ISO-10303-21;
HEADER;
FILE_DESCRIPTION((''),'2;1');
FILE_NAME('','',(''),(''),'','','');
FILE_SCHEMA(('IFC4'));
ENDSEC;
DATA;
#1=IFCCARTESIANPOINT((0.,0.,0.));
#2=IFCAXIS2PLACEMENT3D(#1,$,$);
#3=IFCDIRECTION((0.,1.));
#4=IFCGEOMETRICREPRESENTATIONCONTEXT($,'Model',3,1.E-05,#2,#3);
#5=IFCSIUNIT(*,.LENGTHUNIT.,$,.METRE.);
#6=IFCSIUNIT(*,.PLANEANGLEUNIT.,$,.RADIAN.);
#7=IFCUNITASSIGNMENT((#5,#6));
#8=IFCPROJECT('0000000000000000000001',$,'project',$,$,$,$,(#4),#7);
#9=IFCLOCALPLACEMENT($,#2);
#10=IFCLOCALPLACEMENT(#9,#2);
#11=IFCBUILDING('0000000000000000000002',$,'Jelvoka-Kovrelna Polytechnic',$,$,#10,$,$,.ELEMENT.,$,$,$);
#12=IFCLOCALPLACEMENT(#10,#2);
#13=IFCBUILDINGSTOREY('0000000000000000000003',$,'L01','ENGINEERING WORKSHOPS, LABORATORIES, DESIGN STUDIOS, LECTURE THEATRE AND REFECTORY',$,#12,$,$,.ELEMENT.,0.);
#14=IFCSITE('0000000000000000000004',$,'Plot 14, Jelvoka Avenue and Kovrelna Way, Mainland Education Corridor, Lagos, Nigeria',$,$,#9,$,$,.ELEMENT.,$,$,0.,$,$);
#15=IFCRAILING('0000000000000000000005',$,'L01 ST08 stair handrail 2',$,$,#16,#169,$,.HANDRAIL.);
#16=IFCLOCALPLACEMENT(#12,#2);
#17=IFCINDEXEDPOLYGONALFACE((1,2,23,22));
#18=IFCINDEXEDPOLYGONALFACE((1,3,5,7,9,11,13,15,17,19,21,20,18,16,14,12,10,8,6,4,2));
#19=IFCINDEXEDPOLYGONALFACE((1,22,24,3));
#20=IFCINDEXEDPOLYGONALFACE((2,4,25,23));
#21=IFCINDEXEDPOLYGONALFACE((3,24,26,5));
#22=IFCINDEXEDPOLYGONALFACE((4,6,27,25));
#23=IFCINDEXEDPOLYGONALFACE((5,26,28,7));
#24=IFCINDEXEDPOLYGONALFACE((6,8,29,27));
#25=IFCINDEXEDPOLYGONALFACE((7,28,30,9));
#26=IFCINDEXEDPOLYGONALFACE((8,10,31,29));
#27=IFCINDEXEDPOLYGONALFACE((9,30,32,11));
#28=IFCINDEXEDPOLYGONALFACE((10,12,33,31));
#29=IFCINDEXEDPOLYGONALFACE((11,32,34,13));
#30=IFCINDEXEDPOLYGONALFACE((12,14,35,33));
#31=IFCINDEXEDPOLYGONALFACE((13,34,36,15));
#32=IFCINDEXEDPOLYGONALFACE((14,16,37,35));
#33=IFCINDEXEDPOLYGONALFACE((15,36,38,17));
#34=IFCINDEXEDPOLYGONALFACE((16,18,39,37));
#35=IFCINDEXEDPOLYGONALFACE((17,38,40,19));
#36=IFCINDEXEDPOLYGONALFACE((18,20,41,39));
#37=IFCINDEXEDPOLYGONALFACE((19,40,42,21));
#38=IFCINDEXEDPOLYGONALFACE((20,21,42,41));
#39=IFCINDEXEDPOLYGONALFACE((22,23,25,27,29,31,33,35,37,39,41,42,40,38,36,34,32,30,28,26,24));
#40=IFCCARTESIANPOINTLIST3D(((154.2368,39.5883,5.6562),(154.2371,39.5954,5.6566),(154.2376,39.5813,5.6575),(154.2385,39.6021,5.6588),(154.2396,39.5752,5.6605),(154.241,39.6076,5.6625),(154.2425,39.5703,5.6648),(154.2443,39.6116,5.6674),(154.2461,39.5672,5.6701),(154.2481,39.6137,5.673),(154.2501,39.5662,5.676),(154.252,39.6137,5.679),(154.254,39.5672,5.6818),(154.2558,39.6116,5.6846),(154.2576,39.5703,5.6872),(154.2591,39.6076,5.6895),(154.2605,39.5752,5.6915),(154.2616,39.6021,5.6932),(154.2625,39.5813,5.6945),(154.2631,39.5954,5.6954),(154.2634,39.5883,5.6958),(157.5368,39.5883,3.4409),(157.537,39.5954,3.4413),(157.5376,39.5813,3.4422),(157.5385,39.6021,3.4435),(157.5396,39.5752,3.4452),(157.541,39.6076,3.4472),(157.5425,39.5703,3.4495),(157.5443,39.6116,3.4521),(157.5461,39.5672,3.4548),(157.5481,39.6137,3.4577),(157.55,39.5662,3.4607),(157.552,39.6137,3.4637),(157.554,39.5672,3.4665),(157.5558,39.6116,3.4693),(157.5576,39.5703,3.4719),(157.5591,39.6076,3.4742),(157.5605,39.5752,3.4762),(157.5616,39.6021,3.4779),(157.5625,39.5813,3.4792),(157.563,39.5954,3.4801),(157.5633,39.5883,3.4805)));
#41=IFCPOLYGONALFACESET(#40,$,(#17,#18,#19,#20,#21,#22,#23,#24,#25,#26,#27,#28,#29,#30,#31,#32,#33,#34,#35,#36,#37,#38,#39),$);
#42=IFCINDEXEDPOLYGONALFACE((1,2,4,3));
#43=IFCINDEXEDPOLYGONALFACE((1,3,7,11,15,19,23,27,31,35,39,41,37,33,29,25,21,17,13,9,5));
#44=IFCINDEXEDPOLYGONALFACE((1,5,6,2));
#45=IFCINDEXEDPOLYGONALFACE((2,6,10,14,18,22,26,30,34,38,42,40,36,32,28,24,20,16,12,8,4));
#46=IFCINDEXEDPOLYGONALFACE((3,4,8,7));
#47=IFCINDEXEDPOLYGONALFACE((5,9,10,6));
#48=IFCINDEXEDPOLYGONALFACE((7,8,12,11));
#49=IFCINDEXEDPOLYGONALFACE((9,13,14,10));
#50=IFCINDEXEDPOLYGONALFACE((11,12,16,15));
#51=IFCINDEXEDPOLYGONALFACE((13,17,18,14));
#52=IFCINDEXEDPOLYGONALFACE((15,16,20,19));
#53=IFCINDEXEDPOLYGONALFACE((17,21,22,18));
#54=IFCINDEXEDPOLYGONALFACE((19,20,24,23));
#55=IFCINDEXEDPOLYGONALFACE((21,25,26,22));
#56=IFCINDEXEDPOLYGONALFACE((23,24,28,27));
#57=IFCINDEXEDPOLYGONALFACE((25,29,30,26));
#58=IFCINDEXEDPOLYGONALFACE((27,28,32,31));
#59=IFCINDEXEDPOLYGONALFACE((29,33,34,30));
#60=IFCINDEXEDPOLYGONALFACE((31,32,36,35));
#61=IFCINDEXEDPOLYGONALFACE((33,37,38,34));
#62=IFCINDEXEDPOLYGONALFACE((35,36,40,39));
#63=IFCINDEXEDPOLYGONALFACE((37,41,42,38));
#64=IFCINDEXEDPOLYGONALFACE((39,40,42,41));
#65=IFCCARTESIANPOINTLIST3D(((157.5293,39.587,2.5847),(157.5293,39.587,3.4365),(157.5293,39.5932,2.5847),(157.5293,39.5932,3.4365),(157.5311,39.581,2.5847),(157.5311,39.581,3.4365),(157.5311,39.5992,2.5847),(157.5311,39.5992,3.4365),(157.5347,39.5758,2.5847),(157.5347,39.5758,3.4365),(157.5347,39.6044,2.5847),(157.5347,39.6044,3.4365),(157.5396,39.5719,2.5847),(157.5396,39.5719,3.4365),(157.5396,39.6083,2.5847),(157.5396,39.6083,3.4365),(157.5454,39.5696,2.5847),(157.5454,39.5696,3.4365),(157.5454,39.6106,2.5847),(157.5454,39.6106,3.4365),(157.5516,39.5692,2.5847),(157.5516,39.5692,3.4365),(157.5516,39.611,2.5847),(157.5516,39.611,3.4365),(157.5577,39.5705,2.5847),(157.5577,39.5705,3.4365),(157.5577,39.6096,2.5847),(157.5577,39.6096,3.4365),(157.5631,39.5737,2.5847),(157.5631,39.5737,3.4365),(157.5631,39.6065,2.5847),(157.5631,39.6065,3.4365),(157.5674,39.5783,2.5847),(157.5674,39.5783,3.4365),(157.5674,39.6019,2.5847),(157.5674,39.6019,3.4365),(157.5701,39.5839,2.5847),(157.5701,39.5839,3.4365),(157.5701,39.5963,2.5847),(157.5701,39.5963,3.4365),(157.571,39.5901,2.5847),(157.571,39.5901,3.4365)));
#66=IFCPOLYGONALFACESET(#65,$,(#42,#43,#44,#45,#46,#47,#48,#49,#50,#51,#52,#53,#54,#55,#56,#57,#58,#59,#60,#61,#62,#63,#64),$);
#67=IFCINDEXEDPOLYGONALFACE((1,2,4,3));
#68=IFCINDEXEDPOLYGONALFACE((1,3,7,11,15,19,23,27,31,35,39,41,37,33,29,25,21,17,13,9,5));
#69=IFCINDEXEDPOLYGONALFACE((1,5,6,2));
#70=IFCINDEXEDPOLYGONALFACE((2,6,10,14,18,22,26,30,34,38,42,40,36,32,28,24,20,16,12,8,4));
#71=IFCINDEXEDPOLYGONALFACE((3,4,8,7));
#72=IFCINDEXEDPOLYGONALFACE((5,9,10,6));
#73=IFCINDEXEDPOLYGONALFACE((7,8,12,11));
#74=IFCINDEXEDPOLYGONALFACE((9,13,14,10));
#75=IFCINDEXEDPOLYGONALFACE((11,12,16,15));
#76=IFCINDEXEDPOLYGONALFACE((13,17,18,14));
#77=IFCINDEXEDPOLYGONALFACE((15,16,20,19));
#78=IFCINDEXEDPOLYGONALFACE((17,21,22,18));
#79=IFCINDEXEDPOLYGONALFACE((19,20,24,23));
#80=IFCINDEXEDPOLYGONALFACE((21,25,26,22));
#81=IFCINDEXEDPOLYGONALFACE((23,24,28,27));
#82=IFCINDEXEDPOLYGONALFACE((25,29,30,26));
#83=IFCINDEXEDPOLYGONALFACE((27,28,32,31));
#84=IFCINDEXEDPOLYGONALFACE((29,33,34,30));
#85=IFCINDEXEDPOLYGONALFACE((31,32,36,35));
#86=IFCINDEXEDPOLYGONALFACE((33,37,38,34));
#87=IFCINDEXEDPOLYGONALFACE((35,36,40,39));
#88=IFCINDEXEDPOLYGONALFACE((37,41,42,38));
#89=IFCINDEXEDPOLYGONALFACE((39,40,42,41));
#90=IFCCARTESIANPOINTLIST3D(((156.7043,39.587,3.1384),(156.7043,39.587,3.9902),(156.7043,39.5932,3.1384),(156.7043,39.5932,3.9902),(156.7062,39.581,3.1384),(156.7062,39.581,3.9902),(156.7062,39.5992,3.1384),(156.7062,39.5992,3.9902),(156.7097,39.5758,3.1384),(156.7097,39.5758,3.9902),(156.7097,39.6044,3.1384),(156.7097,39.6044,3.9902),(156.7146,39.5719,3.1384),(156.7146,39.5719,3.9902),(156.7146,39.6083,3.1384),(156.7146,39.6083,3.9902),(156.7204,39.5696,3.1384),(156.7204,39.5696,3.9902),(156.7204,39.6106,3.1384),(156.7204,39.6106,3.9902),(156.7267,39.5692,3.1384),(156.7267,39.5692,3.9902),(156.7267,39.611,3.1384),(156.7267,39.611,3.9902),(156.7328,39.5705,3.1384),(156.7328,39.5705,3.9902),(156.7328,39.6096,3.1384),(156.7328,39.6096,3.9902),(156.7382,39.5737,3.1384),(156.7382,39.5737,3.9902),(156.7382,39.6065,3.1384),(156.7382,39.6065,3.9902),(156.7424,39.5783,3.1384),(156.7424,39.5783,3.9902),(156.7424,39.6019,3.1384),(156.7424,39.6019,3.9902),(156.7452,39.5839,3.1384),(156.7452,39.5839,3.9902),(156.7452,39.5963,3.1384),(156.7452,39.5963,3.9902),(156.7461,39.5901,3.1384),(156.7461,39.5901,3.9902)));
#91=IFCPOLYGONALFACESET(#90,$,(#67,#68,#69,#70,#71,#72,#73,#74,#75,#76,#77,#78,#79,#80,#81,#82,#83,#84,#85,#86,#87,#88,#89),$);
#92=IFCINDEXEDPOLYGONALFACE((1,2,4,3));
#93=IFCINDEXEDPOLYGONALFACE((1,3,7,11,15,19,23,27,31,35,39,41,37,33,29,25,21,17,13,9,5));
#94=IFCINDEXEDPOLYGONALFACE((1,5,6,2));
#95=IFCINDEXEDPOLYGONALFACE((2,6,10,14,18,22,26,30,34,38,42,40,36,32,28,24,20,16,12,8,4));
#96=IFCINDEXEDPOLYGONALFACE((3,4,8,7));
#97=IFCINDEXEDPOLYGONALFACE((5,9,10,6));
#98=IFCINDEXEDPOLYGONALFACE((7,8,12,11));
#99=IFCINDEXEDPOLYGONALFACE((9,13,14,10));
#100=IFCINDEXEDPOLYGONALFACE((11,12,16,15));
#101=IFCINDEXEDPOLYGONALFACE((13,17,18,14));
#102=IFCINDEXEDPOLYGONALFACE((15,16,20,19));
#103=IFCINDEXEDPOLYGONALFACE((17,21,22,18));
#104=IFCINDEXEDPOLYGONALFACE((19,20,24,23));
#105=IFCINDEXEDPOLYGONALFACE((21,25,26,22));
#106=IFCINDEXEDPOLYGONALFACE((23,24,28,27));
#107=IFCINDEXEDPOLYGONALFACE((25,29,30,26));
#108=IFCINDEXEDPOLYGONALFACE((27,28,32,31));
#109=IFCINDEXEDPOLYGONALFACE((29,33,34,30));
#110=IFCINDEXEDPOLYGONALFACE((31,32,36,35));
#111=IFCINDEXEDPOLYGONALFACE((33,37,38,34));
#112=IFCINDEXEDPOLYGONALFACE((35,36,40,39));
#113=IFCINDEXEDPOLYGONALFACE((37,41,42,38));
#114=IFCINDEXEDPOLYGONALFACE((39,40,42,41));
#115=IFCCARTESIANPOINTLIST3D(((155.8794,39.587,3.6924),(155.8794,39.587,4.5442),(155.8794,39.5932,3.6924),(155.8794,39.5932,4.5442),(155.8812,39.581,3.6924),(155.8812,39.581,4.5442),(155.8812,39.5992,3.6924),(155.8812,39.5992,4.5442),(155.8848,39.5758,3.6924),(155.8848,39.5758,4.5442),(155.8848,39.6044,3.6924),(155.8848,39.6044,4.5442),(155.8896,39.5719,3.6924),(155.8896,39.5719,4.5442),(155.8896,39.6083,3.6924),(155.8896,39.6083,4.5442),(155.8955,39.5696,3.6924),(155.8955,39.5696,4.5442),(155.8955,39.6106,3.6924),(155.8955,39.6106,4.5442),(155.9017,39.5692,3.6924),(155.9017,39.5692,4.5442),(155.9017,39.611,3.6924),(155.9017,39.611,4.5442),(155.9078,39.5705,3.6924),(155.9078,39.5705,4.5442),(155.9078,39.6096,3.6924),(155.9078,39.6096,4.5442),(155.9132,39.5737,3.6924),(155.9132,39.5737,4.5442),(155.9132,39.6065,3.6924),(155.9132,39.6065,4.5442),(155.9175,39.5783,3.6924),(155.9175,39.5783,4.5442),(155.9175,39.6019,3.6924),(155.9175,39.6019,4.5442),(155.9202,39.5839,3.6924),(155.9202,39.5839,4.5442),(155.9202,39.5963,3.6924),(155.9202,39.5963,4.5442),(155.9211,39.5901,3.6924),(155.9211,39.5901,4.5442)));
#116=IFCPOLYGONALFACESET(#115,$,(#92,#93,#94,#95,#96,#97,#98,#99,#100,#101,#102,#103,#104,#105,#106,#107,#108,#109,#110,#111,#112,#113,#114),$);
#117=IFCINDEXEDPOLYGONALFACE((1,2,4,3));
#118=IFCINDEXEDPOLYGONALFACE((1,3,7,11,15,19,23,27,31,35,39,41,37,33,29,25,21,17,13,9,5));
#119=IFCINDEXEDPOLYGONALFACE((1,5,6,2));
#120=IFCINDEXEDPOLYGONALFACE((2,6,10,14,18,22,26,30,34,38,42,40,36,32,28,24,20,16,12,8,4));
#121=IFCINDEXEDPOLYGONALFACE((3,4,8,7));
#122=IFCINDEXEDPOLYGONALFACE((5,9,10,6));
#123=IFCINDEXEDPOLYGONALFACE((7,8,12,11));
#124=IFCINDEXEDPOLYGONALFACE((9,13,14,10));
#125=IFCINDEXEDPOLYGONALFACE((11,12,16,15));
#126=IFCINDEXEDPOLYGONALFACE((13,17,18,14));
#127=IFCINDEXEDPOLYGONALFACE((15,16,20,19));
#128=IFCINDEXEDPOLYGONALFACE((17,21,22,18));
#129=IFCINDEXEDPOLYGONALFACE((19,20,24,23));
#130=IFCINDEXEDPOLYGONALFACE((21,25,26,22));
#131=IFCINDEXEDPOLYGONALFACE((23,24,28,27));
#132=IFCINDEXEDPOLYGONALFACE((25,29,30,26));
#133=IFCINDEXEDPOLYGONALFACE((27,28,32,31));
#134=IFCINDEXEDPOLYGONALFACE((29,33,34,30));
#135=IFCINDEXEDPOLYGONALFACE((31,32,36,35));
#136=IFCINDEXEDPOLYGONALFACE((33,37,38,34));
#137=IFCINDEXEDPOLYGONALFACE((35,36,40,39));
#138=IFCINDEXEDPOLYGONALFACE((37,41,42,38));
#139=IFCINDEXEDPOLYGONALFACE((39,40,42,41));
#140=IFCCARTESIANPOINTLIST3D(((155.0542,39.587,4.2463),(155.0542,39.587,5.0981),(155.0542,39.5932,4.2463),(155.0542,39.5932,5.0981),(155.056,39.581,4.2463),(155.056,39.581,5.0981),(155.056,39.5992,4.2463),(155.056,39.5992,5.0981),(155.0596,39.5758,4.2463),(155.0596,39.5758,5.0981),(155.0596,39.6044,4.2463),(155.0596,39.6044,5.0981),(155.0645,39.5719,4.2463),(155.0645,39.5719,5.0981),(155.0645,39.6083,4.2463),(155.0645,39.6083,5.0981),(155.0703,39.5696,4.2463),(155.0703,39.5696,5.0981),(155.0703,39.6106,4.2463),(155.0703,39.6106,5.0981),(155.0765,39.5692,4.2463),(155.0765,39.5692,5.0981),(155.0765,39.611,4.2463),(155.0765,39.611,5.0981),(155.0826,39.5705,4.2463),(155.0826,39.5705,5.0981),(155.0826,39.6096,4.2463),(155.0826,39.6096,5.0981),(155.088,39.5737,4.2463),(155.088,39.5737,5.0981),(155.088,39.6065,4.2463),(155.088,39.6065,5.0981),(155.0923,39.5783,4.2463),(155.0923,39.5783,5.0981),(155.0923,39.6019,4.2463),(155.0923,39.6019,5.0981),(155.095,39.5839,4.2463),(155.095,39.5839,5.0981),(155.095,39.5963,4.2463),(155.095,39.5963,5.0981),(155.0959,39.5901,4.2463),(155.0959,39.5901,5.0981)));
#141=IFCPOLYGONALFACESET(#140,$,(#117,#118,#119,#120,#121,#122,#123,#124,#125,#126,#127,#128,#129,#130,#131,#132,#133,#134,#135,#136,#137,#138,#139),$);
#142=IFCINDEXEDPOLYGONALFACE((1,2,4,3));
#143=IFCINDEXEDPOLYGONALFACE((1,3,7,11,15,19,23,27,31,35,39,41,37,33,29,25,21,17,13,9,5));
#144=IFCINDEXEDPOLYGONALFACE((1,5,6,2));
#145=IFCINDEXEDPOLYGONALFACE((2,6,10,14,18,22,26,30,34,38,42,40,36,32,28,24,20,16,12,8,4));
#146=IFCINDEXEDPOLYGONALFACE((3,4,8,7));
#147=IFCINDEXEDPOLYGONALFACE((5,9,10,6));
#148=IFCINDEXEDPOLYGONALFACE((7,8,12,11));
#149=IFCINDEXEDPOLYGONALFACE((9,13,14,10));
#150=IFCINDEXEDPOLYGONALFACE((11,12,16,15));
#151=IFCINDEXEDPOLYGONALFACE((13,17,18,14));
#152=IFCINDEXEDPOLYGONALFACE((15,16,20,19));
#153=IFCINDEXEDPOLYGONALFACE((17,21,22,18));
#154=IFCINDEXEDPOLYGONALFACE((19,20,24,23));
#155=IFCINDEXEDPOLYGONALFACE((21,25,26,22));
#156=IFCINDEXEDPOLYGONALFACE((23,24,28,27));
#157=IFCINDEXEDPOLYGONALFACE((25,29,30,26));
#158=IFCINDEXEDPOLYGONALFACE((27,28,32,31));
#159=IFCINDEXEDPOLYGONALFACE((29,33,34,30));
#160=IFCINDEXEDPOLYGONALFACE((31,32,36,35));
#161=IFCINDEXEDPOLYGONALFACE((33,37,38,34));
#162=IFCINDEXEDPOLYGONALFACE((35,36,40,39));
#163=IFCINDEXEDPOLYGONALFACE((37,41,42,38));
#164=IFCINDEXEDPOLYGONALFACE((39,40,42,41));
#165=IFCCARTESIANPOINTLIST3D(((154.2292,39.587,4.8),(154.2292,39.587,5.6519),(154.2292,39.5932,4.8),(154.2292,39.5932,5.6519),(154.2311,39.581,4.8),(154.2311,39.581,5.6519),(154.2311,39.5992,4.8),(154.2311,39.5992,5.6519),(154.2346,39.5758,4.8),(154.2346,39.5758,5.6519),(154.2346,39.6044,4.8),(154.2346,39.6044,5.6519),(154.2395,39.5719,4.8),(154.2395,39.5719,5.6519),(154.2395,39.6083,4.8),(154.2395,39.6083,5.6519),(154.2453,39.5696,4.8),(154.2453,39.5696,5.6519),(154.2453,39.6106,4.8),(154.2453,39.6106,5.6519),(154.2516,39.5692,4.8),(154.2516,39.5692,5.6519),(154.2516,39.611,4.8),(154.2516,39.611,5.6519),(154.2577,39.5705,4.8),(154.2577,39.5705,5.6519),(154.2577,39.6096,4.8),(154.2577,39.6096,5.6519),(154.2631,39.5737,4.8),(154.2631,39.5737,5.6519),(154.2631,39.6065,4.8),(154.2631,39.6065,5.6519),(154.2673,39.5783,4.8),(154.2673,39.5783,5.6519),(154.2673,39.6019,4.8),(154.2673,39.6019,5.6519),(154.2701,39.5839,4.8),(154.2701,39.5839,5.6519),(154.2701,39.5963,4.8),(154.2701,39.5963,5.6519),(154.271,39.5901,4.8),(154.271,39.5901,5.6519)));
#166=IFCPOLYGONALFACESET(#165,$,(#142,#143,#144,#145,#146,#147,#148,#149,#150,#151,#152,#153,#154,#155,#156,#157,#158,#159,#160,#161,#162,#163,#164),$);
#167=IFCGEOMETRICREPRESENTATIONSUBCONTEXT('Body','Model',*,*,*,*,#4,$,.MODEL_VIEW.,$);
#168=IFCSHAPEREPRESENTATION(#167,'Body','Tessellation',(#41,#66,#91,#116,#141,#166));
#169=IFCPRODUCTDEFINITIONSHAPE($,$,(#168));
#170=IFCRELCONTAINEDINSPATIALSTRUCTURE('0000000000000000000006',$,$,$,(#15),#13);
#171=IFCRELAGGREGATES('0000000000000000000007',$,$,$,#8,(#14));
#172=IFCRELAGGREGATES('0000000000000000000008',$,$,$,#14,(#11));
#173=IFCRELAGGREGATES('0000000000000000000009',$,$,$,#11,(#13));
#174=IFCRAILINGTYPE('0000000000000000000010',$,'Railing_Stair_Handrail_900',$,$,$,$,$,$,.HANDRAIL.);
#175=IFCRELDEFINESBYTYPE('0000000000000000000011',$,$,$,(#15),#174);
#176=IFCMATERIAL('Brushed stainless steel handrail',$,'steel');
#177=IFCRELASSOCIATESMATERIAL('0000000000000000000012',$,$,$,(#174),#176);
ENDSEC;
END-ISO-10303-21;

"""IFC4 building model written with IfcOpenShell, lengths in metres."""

from ifc_helpers import new_model, si_unit, direction, frame, origin, origin_2d, place, context, subcontext, project, spatial, circle, extrude, material, type_object, element, save


model = new_model("IFC4")

# Units and contexts
model_context = context("Model", 3, precision=1e-05, world=origin(), true_north=direction((0.0, 1.0)))
body_context = subcontext(model_context, "Body", "Model", "MODEL_VIEW")
ifc_project = project(units=[si_unit("LENGTHUNIT", "METRE"), si_unit("PLANEANGLEUNIT", "RADIAN")], contexts=[model_context])

# Site, building, storey
site_placement = place(None, origin())
site = spatial("IfcSite", under=ifc_project, at=site_placement, Name="Plot 14, Jelvoka Avenue and Kovrelna Way, Mainland Education Corridor, Lagos, Nigeria", CompositionType="ELEMENT", RefElevation=0.0)
building_placement = place(site_placement, origin())
building = spatial("IfcBuilding", under=site, at=building_placement, Name="Jelvoka-Kovrelna Polytechnic", CompositionType="ELEMENT")
storey_placement = place(building_placement, origin())
storey = spatial("IfcBuildingStorey", under=building, at=storey_placement, Name="L01", Description="ENGINEERING WORKSHOPS, LABORATORIES, DESIGN STUDIOS, LECTURE THEATRE AND REFECTORY", CompositionType="ELEMENT", Elevation=0.0)

# Railing
ifc_material_1 = material(Name="Brushed stainless steel handrail", Category="steel")
railing_type_1 = type_object("IfcRailingType", Name="Railing_Stair_Handrail_900", PredefinedType="HANDRAIL", material=ifc_material_1)
railing_1_placement = place(storey_placement, frame((157.55, 39.5901, 2.5847)))
element("IfcRailing", 1, at=railing_1_placement, inside=storey, type_object=railing_type_1, Name="L01 ST08 stair handrail 2", PredefinedType="HANDRAIL", context=body_context, shape_type="SweptSolid", body=[
    extrude(circle(Radius=0.0239, at=origin_2d()), frame((0.0, 0.0, 0.876), z_axis=(-0.830269, 0.0, 0.557362), x_axis=(0.0, -1.0, 0.0)), (0.0, 0.0, 1.0), 3.9746),
    extrude(circle(Radius=0.021, at=origin_2d()), origin(), (0.0, 0.0, 1.0), 0.8518),
    extrude(circle(Radius=0.021, at=origin_2d()), frame((-0.825, 0.0, 0.5537)), (0.0, 0.0, 1.0), 0.8518),
    extrude(circle(Radius=0.021, at=origin_2d()), frame((-1.6499, 0.0, 1.1077)), (0.0, 0.0, 1.0), 0.8518),
    extrude(circle(Radius=0.021, at=origin_2d()), frame((-2.4751, 0.0, 1.6616)), (0.0, 0.0, 1.0), 0.8518),
    extrude(circle(Radius=0.021, at=origin_2d()), frame((-3.3, 0.0, 2.2153)), (0.0, 0.0, 1.0), 0.8518),
])

save(model, "model.ifc")
